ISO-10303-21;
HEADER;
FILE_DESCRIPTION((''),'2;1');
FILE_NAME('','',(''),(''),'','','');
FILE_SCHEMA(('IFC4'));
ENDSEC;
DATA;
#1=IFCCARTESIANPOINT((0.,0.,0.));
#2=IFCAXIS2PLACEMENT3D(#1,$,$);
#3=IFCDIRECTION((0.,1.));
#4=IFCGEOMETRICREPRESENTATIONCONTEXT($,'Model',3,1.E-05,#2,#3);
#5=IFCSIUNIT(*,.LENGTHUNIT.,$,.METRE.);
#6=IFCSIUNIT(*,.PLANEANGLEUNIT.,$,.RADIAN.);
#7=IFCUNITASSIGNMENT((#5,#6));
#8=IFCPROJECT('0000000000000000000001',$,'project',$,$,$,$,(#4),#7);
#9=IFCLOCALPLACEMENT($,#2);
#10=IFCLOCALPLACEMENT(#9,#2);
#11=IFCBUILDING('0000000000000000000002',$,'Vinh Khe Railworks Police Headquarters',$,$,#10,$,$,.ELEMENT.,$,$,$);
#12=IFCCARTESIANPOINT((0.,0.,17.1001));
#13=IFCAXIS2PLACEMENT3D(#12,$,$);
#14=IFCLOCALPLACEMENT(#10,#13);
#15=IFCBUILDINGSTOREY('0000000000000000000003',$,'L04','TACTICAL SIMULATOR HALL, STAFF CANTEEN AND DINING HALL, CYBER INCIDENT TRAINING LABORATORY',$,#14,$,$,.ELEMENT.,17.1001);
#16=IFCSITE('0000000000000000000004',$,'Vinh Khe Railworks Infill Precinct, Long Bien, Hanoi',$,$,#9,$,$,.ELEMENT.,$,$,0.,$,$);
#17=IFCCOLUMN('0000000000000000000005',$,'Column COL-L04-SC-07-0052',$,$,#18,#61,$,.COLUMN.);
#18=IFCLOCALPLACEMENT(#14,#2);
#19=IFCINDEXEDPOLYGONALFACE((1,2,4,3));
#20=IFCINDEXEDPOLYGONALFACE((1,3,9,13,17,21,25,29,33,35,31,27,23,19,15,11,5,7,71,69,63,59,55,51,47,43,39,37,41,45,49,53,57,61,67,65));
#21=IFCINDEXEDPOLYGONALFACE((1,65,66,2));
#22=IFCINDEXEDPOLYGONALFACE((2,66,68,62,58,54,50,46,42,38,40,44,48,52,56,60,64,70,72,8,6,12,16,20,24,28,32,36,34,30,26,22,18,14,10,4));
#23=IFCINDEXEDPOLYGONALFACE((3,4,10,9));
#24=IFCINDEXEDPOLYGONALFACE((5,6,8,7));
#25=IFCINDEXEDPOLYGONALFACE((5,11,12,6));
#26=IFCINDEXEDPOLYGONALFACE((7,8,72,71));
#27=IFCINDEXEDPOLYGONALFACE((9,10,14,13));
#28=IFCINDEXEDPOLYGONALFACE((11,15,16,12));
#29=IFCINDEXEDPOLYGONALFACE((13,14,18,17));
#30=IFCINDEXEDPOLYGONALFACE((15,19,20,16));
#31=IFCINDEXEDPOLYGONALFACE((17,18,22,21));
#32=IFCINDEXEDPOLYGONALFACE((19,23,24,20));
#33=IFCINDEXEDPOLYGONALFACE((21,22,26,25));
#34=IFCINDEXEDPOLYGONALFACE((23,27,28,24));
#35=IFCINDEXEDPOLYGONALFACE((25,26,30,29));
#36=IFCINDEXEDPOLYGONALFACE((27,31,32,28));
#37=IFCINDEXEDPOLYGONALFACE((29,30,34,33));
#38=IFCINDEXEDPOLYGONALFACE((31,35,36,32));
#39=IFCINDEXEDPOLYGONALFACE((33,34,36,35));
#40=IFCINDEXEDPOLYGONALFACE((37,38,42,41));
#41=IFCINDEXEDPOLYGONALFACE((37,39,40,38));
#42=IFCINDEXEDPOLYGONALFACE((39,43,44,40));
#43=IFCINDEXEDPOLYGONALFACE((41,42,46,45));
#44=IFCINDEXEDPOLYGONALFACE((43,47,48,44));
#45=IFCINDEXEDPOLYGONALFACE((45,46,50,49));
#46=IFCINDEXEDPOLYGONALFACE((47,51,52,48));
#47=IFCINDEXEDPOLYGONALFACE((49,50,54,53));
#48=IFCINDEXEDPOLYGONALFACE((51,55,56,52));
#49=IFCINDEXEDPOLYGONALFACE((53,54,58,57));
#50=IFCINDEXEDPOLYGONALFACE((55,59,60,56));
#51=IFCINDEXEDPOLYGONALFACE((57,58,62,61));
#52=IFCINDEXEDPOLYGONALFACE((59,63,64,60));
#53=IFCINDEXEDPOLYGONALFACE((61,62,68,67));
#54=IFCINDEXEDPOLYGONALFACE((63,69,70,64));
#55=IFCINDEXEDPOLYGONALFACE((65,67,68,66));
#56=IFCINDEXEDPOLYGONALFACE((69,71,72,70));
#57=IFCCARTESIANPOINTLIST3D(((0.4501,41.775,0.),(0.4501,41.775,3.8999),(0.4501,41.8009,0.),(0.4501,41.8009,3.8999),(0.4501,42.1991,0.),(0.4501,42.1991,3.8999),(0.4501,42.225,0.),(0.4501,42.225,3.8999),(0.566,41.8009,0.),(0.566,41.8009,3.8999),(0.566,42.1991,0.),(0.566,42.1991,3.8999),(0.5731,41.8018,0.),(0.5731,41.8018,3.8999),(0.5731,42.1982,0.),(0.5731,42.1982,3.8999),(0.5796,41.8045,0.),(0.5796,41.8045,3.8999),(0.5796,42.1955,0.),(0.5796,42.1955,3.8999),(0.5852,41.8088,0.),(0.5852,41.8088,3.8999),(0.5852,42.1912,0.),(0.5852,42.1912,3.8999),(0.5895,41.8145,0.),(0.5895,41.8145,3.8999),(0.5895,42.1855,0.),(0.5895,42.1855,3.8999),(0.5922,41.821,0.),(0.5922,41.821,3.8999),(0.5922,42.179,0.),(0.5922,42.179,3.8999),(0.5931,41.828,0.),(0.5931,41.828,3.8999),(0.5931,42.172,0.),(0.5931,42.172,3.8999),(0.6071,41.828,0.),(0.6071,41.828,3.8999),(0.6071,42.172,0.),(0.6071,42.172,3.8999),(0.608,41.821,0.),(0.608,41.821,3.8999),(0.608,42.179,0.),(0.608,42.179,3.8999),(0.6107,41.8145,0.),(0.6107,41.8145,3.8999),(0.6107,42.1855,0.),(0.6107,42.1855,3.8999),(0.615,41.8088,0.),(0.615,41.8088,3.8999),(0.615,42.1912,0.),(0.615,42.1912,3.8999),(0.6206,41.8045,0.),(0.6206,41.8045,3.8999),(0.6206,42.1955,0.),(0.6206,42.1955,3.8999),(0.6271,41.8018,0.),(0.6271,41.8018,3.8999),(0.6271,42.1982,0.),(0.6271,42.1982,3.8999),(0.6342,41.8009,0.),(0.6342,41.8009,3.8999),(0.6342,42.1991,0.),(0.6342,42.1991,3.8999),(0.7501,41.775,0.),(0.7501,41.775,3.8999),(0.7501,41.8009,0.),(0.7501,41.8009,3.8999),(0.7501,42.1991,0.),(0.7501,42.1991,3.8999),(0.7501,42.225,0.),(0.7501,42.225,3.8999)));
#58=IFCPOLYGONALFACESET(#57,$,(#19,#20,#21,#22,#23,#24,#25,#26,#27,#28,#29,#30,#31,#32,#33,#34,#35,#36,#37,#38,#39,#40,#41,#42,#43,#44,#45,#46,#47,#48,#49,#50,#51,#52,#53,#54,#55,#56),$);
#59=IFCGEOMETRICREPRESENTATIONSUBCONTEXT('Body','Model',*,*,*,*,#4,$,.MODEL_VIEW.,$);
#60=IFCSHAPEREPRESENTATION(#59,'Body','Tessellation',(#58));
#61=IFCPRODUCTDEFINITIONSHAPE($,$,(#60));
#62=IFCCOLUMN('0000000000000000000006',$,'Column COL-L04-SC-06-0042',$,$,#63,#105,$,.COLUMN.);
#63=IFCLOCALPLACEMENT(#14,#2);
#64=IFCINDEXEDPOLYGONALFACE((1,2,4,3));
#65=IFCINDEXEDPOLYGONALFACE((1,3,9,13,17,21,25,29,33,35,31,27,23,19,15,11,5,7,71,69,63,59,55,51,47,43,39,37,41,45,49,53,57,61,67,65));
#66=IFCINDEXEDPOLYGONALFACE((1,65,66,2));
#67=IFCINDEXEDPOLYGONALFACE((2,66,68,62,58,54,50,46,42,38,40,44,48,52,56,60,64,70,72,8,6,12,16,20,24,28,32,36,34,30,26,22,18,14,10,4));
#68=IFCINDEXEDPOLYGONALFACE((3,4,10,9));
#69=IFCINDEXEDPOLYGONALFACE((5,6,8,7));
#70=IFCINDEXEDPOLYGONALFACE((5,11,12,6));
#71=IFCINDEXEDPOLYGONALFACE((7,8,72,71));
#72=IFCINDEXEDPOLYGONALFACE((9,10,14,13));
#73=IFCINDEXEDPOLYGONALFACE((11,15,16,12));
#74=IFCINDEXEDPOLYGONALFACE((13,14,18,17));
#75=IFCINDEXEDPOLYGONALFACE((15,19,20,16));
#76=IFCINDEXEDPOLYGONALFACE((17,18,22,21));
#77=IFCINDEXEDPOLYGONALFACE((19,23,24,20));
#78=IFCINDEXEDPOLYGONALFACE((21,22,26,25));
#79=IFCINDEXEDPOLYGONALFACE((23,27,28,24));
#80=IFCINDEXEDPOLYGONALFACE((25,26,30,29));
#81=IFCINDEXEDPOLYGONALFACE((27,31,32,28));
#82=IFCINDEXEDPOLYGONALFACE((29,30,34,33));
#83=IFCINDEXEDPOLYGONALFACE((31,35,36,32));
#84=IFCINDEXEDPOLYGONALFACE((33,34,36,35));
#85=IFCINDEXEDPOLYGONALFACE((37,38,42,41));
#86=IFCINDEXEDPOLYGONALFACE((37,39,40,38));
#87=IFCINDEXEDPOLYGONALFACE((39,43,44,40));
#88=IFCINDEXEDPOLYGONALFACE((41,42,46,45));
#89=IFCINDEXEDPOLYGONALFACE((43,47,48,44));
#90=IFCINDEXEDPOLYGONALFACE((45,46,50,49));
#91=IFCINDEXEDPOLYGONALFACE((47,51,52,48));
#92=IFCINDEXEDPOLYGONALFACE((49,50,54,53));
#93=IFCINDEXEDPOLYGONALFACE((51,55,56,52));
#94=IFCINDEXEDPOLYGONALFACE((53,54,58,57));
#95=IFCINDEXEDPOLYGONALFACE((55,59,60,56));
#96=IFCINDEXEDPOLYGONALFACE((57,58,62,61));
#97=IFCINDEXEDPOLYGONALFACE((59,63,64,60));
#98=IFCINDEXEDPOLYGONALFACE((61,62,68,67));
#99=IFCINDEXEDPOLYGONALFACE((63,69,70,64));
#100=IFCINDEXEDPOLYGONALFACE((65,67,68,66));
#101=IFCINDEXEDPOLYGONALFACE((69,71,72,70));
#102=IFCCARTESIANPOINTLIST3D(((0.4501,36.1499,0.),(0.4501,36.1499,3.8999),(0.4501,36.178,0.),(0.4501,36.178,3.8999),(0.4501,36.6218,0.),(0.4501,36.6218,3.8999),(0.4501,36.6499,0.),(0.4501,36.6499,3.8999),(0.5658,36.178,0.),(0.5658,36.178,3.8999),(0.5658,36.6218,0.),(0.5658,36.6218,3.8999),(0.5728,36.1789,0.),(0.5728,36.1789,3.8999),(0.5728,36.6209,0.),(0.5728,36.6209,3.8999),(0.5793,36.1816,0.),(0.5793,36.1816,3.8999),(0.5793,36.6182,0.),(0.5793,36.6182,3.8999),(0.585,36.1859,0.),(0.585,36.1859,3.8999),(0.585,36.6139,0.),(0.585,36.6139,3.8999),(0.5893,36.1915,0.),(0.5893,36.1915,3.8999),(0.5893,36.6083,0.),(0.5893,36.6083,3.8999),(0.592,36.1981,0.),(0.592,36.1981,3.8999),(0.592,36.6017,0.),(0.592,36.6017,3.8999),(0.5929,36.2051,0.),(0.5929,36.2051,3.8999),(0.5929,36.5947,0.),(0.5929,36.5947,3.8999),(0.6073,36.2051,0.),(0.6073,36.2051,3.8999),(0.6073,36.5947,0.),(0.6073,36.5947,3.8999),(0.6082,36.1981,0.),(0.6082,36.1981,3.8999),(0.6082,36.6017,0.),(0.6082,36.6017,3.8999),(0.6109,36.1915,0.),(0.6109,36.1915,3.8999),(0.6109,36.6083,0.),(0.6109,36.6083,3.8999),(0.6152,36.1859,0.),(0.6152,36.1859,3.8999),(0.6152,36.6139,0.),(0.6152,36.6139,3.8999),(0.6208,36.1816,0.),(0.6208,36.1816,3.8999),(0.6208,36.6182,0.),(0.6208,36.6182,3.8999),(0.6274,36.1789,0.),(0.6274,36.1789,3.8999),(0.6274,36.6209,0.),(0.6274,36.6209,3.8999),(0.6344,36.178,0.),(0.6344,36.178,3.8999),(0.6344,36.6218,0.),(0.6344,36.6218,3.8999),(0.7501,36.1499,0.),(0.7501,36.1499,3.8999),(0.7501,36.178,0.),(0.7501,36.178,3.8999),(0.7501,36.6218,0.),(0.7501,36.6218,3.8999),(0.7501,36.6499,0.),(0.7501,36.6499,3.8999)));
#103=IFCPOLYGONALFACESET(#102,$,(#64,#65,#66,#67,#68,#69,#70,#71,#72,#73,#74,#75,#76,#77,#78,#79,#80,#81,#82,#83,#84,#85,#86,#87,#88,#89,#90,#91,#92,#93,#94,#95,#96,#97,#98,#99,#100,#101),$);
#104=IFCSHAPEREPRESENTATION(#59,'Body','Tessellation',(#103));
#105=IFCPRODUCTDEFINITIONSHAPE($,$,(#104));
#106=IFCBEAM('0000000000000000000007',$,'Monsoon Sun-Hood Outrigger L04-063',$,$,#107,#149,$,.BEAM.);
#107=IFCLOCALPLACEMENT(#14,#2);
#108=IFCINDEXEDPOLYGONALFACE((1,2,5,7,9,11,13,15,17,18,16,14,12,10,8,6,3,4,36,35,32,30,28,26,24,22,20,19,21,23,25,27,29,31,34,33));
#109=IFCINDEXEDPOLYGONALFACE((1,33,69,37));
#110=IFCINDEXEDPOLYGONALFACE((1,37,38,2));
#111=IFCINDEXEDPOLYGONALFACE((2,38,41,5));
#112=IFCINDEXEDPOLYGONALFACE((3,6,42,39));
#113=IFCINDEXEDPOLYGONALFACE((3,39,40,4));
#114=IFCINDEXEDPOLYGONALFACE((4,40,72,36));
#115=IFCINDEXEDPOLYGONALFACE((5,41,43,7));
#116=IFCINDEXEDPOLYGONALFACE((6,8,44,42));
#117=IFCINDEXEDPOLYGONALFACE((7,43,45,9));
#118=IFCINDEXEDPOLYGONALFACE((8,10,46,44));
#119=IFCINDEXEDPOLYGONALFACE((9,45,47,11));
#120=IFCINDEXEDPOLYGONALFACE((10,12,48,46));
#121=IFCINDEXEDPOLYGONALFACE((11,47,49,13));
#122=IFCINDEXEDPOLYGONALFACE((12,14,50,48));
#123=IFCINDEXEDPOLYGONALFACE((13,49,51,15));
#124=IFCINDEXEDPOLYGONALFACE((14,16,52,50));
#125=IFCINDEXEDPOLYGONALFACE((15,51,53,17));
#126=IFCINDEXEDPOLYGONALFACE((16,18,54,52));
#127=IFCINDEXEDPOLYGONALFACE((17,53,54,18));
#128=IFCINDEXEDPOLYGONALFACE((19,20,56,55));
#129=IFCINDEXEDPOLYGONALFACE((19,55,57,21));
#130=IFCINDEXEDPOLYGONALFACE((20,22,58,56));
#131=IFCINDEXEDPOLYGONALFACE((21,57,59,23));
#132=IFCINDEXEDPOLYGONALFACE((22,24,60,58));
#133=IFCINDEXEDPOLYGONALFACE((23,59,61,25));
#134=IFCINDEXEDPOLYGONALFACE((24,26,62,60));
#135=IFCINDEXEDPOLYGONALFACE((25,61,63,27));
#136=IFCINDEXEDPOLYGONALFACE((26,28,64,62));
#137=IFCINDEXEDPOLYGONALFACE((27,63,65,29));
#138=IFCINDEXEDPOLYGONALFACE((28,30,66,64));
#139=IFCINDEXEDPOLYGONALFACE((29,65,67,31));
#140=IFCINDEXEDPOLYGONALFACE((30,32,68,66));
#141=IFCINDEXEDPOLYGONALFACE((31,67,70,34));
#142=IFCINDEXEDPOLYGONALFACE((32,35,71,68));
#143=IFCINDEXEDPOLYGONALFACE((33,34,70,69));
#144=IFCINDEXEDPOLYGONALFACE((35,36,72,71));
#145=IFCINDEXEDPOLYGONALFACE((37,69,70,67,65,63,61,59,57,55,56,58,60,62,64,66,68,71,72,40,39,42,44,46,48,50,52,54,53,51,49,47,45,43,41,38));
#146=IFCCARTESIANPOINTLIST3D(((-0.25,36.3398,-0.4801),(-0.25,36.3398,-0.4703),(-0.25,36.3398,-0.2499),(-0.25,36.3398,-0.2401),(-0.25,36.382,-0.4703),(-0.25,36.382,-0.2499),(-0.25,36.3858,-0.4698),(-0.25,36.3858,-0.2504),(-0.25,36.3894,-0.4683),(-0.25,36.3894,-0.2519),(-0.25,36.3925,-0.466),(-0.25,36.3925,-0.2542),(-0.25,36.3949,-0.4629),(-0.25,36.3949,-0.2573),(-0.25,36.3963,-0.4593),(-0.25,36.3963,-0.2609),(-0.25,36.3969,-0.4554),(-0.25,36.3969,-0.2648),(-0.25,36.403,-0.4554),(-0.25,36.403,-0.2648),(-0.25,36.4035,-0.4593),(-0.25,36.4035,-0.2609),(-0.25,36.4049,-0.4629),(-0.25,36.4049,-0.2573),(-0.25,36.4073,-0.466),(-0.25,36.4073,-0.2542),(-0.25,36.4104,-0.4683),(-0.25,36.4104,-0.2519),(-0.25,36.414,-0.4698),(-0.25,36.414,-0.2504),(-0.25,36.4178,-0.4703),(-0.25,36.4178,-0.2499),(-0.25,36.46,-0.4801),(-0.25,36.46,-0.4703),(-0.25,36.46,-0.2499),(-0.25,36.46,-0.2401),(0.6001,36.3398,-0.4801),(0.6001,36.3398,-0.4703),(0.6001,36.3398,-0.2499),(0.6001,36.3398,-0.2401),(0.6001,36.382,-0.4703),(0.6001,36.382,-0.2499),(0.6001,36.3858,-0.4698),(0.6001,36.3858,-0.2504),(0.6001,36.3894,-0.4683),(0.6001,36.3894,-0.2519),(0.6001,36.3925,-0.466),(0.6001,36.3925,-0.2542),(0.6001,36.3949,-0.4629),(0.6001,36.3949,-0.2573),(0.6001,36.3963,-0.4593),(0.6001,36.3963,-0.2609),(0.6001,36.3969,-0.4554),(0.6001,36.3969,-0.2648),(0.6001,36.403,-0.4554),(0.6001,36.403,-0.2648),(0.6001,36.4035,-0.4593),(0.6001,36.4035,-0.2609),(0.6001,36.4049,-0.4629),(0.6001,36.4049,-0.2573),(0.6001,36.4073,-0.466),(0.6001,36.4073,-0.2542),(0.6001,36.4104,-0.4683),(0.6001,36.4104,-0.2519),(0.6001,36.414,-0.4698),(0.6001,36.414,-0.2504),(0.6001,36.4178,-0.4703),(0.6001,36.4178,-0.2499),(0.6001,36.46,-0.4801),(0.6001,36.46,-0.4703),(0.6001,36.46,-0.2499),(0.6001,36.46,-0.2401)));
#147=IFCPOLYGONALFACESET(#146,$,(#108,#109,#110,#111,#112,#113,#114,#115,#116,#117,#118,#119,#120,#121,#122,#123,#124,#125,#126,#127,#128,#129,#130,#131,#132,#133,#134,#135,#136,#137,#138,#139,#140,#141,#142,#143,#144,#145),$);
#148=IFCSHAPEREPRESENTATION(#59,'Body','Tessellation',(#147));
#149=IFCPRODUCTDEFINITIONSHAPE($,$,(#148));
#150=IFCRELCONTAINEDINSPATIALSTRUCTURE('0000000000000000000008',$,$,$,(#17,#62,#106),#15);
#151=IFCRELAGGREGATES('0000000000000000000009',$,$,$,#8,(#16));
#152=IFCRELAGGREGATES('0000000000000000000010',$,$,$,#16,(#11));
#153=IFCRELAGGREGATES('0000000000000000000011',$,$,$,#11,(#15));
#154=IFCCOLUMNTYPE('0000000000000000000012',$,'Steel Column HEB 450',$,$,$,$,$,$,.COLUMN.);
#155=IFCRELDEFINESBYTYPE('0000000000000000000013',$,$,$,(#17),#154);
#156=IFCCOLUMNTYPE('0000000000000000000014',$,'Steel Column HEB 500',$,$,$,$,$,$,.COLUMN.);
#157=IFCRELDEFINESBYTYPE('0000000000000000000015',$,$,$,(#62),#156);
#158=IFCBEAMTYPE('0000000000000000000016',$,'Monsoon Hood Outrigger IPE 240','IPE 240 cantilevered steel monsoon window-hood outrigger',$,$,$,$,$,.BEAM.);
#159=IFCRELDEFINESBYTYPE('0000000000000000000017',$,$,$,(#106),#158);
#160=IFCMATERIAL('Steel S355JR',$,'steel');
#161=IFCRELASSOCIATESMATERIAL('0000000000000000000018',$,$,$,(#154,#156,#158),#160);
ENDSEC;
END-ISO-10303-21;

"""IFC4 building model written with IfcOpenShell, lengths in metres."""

from ifc_helpers import new_model, si_unit, direction, frame, origin, origin_2d, place, context, subcontext, project, spatial, i_section, extrude, material, material_profile, profile_set, type_object, element, save


model = new_model("IFC4")

# Units and contexts
model_context = context("Model", 3, precision=1e-05, world=origin(), true_north=direction((0.0, 1.0)))
body_context = subcontext(model_context, "Body", "Model", "MODEL_VIEW")
ifc_project = project(units=[si_unit("LENGTHUNIT", "METRE"), si_unit("PLANEANGLEUNIT", "RADIAN")], contexts=[model_context])

# Site, building, storey
site_placement = place(None, origin())
site = spatial("IfcSite", under=ifc_project, at=site_placement, Name="Vinh Khe Railworks Infill Precinct, Long Bien, Hanoi", CompositionType="ELEMENT", RefElevation=0.0)
building_placement = place(site_placement, origin())
building = spatial("IfcBuilding", under=site, at=building_placement, Name="Vinh Khe Railworks Police Headquarters", CompositionType="ELEMENT")
storey_placement = place(building_placement, frame((0.0, 0.0, 17.1001)))
storey = spatial("IfcBuildingStorey", under=building, at=storey_placement, Name="L04", Description="TACTICAL SIMULATOR HALL, STAFF CANTEEN AND DINING HALL, CYBER INCIDENT TRAINING LABORATORY", CompositionType="ELEMENT", Elevation=17.1001)

# Columns
ifc_material_1 = material(Name="Steel S355JR", Category="steel")
ifc_material_profile_1 = material_profile(ifc_material_1, i_section(OverallWidth=0.3, OverallDepth=0.45, WebThickness=0.0139, FlangeThickness=0.0259, FilletRadius=0.0271, at=origin_2d()), Name="HEB 450")
ifc_profile_set_1 = profile_set([ifc_material_profile_1], Name="Steel S355JR")
column_type_1 = type_object("IfcColumnType", Name="Steel Column HEB 450", PredefinedType="COLUMN", material=ifc_profile_set_1)
column_1_placement = place(storey_placement, frame((0.6001, 42.0, 0.0), z_axis=(0.0, 0.0, 1.0), x_axis=(1.0, 0.0, 0.0)))
element("IfcColumn", 1, at=column_1_placement, inside=storey, type_object=column_type_1, Name="Column COL-L04-SC-07-0052", PredefinedType="COLUMN", context=body_context, shape_type="SweptSolid", body=[
    extrude(i_section(OverallWidth=0.3, OverallDepth=0.45, WebThickness=0.0139, FlangeThickness=0.0259, FilletRadius=0.0271, at=origin_2d()), origin(), (0.0, 0.0, 1.0), 3.8999),
])
ifc_material_profile_2 = material_profile(ifc_material_1, i_section(OverallWidth=0.3, OverallDepth=0.5, WebThickness=0.0144, FlangeThickness=0.0281, FilletRadius=0.0271, at=origin_2d()), Name="HEB 500")
ifc_profile_set_2 = profile_set([ifc_material_profile_2], Name="Steel S355JR")
column_type_2 = type_object("IfcColumnType", Name="Steel Column HEB 500", PredefinedType="COLUMN", material=ifc_profile_set_2)
column_2_placement = place(storey_placement, frame((0.6001, 36.3999, 0.0), z_axis=(0.0, 0.0, 1.0), x_axis=(1.0, 0.0, 0.0)))
element("IfcColumn", 2, at=column_2_placement, inside=storey, type_object=column_type_2, Name="Column COL-L04-SC-06-0042", PredefinedType="COLUMN", context=body_context, shape_type="SweptSolid", body=[
    extrude(i_section(OverallWidth=0.3, OverallDepth=0.5, WebThickness=0.0144, FlangeThickness=0.0281, FilletRadius=0.0271, at=origin_2d()), origin(), (0.0, 0.0, 1.0), 3.8999),
])

# Beam
ifc_material_profile_3 = material_profile(ifc_material_1, i_section(OverallWidth=0.1201, OverallDepth=0.24, WebThickness=0.0061, FlangeThickness=0.0098, FilletRadius=0.0149, at=origin_2d()), Name="IPE 240")
ifc_profile_set_3 = profile_set([ifc_material_profile_3], Name="Steel S355JR")
beam_type_1 = type_object("IfcBeamType", Name="Monsoon Hood Outrigger IPE 240", Description="IPE 240 cantilevered steel monsoon window-hood outrigger", PredefinedType="BEAM", material=ifc_profile_set_3)
beam_1_placement = place(storey_placement, frame((-0.25, 36.3999, -0.3601), z_axis=(1.0, 0.0, 0.0), x_axis=(0.0, 1.0, 0.0)))
element("IfcBeam", 3, at=beam_1_placement, inside=storey, type_object=beam_type_1, Name="Monsoon Sun-Hood Outrigger L04-063", PredefinedType="BEAM", context=body_context, shape_type="SweptSolid", body=[
    extrude(i_section(OverallWidth=0.1201, OverallDepth=0.24, WebThickness=0.0061, FlangeThickness=0.0098, FilletRadius=0.0149, at=origin_2d()), origin(), (0.0, 0.0, 1.0), 0.8501),
])

save(model, "model.ifc")
